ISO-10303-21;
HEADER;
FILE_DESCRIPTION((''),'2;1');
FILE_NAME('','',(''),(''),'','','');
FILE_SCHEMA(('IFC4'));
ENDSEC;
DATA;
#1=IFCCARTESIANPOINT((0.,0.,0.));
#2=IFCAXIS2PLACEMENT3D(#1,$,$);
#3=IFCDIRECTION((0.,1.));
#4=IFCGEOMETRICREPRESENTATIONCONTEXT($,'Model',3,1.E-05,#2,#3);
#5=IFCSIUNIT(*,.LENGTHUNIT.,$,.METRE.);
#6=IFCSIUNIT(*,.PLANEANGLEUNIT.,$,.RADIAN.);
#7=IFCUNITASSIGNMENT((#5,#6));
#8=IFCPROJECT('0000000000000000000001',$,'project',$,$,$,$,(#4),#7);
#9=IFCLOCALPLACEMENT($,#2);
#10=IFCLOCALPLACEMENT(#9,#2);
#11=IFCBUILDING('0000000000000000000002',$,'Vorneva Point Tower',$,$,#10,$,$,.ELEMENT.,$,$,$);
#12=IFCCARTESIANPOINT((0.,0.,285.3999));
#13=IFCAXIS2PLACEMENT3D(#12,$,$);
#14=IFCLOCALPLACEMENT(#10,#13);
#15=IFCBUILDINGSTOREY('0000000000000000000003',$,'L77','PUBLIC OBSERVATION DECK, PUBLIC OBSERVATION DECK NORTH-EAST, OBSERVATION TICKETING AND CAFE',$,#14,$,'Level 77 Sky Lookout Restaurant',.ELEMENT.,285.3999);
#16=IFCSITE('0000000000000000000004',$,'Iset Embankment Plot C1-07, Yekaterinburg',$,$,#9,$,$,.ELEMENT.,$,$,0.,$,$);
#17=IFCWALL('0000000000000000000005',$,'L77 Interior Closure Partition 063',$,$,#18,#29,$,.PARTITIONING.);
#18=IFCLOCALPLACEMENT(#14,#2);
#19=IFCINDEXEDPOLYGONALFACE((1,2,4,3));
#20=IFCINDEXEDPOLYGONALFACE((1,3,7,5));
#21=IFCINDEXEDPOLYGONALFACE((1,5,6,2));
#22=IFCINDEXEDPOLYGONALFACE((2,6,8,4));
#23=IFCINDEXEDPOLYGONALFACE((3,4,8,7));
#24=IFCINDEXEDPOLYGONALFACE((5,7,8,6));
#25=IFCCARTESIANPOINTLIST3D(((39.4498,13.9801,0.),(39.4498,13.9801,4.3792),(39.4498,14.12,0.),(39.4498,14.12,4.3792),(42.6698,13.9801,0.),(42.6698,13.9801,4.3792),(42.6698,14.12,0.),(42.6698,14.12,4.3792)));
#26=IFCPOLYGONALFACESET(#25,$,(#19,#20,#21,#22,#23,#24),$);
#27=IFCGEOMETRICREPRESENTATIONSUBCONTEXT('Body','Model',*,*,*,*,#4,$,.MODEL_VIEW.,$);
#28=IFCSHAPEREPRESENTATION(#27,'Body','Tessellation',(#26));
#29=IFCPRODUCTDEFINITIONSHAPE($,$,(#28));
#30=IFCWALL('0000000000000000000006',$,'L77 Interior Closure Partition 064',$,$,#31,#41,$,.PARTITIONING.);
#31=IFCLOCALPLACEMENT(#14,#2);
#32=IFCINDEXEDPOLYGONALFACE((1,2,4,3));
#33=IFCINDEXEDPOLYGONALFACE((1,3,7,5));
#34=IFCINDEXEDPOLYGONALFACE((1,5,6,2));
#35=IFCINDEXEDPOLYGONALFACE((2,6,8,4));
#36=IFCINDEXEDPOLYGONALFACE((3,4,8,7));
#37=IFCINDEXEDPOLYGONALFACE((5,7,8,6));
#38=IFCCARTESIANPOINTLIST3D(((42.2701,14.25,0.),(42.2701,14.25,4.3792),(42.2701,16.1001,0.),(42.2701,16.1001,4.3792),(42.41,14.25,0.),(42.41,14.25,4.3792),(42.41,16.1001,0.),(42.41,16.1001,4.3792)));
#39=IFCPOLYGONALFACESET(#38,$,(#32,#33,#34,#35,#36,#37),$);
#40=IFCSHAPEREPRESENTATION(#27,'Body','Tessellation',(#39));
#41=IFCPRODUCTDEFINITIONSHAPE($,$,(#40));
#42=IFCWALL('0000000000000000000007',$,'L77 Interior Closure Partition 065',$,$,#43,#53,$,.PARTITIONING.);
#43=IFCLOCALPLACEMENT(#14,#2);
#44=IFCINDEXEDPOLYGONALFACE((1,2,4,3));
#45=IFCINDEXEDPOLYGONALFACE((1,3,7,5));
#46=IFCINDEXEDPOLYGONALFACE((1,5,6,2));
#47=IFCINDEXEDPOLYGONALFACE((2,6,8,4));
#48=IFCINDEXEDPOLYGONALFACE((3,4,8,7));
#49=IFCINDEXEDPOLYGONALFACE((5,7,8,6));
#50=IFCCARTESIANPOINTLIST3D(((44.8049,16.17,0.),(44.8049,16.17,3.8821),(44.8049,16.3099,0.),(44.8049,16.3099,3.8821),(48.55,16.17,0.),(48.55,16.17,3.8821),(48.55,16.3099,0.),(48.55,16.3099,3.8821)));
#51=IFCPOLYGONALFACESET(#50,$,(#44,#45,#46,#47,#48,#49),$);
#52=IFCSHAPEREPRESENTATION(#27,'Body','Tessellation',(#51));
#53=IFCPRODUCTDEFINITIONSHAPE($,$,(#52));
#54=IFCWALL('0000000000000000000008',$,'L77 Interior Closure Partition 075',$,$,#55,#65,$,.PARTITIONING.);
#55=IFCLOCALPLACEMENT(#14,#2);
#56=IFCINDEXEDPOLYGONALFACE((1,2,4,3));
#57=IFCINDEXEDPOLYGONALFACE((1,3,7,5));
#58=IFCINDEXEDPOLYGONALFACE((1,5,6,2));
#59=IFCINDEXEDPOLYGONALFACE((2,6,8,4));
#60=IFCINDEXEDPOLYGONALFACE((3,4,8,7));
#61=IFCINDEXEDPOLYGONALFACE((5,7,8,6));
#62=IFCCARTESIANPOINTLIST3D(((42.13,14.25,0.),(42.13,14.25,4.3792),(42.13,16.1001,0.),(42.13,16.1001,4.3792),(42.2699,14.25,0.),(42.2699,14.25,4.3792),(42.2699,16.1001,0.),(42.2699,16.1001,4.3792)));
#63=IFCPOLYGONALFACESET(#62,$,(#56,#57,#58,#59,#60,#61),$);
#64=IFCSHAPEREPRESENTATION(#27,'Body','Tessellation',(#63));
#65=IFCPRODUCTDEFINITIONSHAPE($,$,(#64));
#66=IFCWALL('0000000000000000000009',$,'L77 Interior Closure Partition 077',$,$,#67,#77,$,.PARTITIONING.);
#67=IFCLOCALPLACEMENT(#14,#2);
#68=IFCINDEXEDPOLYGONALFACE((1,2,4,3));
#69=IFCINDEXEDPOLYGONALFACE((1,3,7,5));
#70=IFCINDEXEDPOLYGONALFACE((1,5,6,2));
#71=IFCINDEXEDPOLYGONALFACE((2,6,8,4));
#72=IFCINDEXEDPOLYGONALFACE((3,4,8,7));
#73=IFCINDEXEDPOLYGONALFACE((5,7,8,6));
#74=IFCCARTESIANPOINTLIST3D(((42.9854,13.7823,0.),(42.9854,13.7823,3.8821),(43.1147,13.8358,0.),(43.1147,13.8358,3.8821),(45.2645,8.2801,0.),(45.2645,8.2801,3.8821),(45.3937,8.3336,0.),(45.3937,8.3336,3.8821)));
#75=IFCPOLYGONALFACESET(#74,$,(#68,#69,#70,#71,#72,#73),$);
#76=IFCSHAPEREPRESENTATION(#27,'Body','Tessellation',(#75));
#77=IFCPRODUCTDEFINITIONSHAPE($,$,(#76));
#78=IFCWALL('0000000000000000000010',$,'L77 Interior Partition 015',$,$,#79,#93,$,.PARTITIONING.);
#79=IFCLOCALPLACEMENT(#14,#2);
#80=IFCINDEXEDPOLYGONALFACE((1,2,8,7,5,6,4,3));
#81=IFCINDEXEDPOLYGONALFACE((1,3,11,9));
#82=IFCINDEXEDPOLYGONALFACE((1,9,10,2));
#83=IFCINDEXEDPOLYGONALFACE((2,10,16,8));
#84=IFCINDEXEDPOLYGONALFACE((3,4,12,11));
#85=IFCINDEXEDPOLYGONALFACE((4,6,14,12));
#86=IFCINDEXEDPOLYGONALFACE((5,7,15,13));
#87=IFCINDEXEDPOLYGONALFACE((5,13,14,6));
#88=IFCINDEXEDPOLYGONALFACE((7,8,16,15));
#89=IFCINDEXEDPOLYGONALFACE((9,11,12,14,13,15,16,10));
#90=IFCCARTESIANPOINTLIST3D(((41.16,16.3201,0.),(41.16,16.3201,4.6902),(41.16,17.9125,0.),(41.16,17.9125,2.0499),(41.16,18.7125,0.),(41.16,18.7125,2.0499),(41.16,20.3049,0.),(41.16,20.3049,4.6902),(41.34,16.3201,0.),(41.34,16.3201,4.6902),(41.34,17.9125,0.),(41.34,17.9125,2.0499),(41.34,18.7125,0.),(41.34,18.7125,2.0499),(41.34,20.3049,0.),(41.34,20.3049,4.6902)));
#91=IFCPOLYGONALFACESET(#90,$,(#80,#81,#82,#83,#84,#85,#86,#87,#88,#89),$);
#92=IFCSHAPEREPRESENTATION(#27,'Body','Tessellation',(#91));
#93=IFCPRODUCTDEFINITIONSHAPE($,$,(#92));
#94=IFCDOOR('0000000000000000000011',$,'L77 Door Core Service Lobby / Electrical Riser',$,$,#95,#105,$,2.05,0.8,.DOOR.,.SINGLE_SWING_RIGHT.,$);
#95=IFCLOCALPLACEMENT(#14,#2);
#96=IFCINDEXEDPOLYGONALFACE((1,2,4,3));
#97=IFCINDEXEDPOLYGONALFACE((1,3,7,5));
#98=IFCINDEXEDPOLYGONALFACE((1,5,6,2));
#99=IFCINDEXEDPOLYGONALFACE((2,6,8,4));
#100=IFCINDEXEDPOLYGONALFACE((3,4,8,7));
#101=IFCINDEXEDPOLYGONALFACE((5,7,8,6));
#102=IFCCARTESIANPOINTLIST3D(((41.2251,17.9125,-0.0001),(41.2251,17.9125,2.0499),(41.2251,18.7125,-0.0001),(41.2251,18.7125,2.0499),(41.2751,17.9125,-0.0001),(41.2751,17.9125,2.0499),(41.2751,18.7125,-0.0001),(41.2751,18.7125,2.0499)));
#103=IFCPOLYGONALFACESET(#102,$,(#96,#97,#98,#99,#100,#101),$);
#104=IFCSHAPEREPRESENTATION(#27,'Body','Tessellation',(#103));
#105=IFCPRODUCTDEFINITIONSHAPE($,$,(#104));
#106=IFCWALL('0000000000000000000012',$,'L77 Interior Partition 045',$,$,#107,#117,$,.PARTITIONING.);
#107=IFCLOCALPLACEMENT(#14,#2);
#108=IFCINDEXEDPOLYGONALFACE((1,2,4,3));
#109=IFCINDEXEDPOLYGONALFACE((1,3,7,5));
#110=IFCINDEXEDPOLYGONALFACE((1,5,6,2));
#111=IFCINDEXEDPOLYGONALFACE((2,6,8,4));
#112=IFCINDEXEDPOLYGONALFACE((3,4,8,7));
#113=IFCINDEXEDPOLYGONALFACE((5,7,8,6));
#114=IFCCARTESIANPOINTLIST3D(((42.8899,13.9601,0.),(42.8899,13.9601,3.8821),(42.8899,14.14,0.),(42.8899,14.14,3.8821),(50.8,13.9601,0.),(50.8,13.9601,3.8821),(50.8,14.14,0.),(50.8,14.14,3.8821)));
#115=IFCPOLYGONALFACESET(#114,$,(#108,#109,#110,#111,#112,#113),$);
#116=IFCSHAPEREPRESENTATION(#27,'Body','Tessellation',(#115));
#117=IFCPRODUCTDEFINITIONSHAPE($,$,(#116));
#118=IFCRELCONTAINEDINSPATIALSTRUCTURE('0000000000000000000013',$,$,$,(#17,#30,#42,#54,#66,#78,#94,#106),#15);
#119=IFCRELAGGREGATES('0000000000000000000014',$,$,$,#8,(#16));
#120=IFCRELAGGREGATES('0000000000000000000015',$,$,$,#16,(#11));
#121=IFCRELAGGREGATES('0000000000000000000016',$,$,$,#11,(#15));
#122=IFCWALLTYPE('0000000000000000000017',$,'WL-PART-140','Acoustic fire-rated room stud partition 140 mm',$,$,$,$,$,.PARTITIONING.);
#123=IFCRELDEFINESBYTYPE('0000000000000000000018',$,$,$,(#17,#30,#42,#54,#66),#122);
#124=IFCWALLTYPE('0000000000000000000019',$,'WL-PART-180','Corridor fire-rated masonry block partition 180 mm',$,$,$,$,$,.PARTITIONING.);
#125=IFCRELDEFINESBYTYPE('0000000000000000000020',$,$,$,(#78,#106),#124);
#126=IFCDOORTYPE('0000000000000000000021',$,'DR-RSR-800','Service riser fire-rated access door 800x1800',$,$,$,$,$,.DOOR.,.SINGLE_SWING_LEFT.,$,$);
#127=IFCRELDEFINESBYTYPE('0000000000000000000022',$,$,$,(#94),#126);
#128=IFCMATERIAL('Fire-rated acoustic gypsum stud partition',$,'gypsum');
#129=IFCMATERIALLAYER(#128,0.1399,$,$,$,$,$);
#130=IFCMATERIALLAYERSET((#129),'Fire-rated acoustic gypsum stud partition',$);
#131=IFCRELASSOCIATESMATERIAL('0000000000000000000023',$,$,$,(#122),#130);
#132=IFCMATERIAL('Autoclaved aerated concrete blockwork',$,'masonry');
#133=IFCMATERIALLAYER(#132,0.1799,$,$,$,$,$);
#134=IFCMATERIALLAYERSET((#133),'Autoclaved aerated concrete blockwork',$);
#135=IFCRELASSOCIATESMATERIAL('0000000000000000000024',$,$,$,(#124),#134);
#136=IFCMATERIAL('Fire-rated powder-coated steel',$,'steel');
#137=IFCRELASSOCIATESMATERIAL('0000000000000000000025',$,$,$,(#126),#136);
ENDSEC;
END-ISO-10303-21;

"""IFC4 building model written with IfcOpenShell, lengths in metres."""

from ifc_helpers import new_model, si_unit, direction, frame, frame_2d, origin, place, context, subcontext, project, spatial, rectangle, extrude, material, layer, layer_set, type_object, element, fill, save


model = new_model("IFC4")

# Units and contexts
model_context = context("Model", 3, precision=1e-05, world=origin(), true_north=direction((0.0, 1.0)))
body_context = subcontext(model_context, "Body", "Model", "MODEL_VIEW")
ifc_project = project(units=[si_unit("LENGTHUNIT", "METRE"), si_unit("PLANEANGLEUNIT", "RADIAN")], contexts=[model_context])

# Site, building, storey
site_placement = place(None, origin())
site = spatial("IfcSite", under=ifc_project, at=site_placement, Name="Iset Embankment Plot C1-07, Yekaterinburg", CompositionType="ELEMENT", RefElevation=0.0)
building_placement = place(site_placement, origin())
building = spatial("IfcBuilding", under=site, at=building_placement, Name="Vorneva Point Tower", CompositionType="ELEMENT")
storey_placement = place(building_placement, frame((0.0, 0.0, 285.3999)))
storey = spatial("IfcBuildingStorey", under=building, at=storey_placement, Name="L77", Description="PUBLIC OBSERVATION DECK, PUBLIC OBSERVATION DECK NORTH-EAST, OBSERVATION TICKETING AND CAFE", LongName="Level 77 Sky Lookout Restaurant", CompositionType="ELEMENT", Elevation=285.3999)

# Walls
ifc_material_1 = material(Name="Fire-rated acoustic gypsum stud partition", Category="gypsum")
ifc_layer_1 = layer(ifc_material_1, 0.1399)
ifc_layer_set_1 = layer_set([ifc_layer_1], Name="Fire-rated acoustic gypsum stud partition")
wall_type_1 = type_object("IfcWallType", Name="WL-PART-140", Description="Acoustic fire-rated room stud partition 140 mm", PredefinedType="PARTITIONING", material=ifc_layer_set_1)
wall_1_placement = place(storey_placement, frame((39.45, 14.05, 0.0), z_axis=(0.0, 0.0, 1.0), x_axis=(1.0, 0.0, 0.0)))
element("IfcWall", 1, at=wall_1_placement, inside=storey, type_object=wall_type_1, Name="L77 Interior Closure Partition 063", PredefinedType="PARTITIONING", context=body_context, shape_type="SweptSolid", body=[
    extrude(rectangle(XDim=3.22, YDim=0.1399, at=frame_2d((1.6099, 0.0))), origin(), (0.0, 0.0, 1.0), 4.3792),
])
wall_2_placement = place(storey_placement, frame((42.3401, 14.25, 0.0), z_axis=(0.0, 0.0, 1.0), x_axis=(0.0, 1.0, 0.0)))
element("IfcWall", 2, at=wall_2_placement, inside=storey, type_object=wall_type_1, Name="L77 Interior Closure Partition 064", PredefinedType="PARTITIONING", context=body_context, shape_type="SweptSolid", body=[
    extrude(rectangle(XDim=1.8501, YDim=0.1399, at=frame_2d((0.925, 0.0))), origin(), (0.0, 0.0, 1.0), 4.3792),
])
wall_3_placement = place(storey_placement, frame((44.8049, 16.24, 0.0), z_axis=(0.0, 0.0, 1.0), x_axis=(1.0, 0.0, 0.0)))
element("IfcWall", 3, at=wall_3_placement, inside=storey, type_object=wall_type_1, Name="L77 Interior Closure Partition 065", PredefinedType="PARTITIONING", context=body_context, shape_type="SweptSolid", body=[
    extrude(rectangle(XDim=3.7451, YDim=0.1399, at=frame_2d((1.8726, 0.0))), origin(), (0.0, 0.0, 1.0), 3.8821),
])
wall_4_placement = place(storey_placement, frame((42.2, 16.1001, 0.0), z_axis=(0.0, 0.0, 1.0), x_axis=(0.0, -1.0, 0.0)))
element("IfcWall", 4, at=wall_4_placement, inside=storey, type_object=wall_type_1, Name="L77 Interior Closure Partition 075", PredefinedType="PARTITIONING", context=body_context, shape_type="SweptSolid", body=[
    extrude(rectangle(XDim=1.8501, YDim=0.1399, at=frame_2d((0.925, 0.0))), origin(), (0.0, 0.0, 1.0), 4.3792),
])
wall_5_placement = place(storey_placement, frame((43.05, 13.8091, 0.0), z_axis=(0.0, 0.0, 1.0), x_axis=(0.382679, -0.923881, 0.0)))
element("IfcWall", 5, at=wall_5_placement, inside=storey, type_object=wall_type_1, Name="L77 Interior Closure Partition 077", PredefinedType="PARTITIONING", context=body_context, shape_type="SweptSolid", body=[
    extrude(rectangle(XDim=5.9556, YDim=0.1399, at=frame_2d((2.9778, 0.0))), origin(), (0.0, 0.0, 1.0), 3.8821),
])

# Wall, opening, door
ifc_material_2 = material(Name="Autoclaved aerated concrete blockwork", Category="masonry")
ifc_layer_2 = layer(ifc_material_2, 0.1799)
ifc_layer_set_2 = layer_set([ifc_layer_2], Name="Autoclaved aerated concrete blockwork")
wall_type_2 = type_object("IfcWallType", Name="WL-PART-180", Description="Corridor fire-rated masonry block partition 180 mm", PredefinedType="PARTITIONING", material=ifc_layer_set_2)
wall_6_placement = place(storey_placement, frame((41.25, 16.3201, 0.0), z_axis=(0.0, 0.0, 1.0), x_axis=(0.0, 1.0, 0.0)))
wall_6 = element("IfcWall", 6, at=wall_6_placement, inside=storey, type_object=wall_type_2, Name="L77 Interior Partition 015", PredefinedType="PARTITIONING", context=body_context, shape_type="SweptSolid", body=[
    extrude(rectangle(XDim=3.9849, YDim=0.1799, at=frame_2d((1.9924, 0.0))), origin(), (0.0, 0.0, 1.0), 4.6902),
])
opening_1_placement = place(wall_6_placement, frame((1.5925, 0.0, 0.0)))
opening_1 = element("IfcOpeningElement", 7, at=opening_1_placement, cuts=wall_6, PredefinedType="OPENING", context=body_context, shape_type="SweptSolid", body=[
    extrude(rectangle(XDim=0.8, YDim=2.05, at=frame_2d((0.3999, 1.0249))), frame((0.0, 0.105, 0.0), z_axis=(0.0, -1.0, 0.0), x_axis=(1.0, 0.0, 0.0)), (0.0, 0.0, 1.0), 0.2097),
])
ifc_material_3 = material(Name="Fire-rated powder-coated steel", Category="steel")
door_type_1 = type_object("IfcDoorType", Name="DR-RSR-800", Description="Service riser fire-rated access door 800x1800", OperationType="SINGLE_SWING_LEFT", PredefinedType="DOOR", material=ifc_material_3)
door_1_placement = place(opening_1_placement, origin())
door_1 = element("IfcDoor", 8, at=door_1_placement, inside=storey, type_object=door_type_1, Name="L77 Door Core Service Lobby / Electrical Riser", OperationType="SINGLE_SWING_RIGHT", OverallHeight=2.05, OverallWidth=0.8, PredefinedType="DOOR", context=body_context, shape_type="SweptSolid", body=[
    extrude(rectangle(XDim=0.8, YDim=2.05, at=frame_2d((0.3999, 1.0249))), frame((0.0, 0.0249, 0.0), z_axis=(0.0, -1.0, 0.0), x_axis=(1.0, 0.0, 0.0)), (0.0, 0.0, 1.0), 0.05),
])
fill(opening_1, door_1)

# Wall
wall_7_placement = place(storey_placement, frame((42.8899, 14.05, 0.0), z_axis=(0.0, 0.0, 1.0), x_axis=(1.0, 0.0, 0.0)))
element("IfcWall", 9, at=wall_7_placement, inside=storey, type_object=wall_type_2, Name="L77 Interior Partition 045", PredefinedType="PARTITIONING", context=body_context, shape_type="SweptSolid", body=[
    extrude(rectangle(XDim=7.9102, YDim=0.1799, at=frame_2d((3.9551, 0.0))), origin(), (0.0, 0.0, 1.0), 3.8821),
])

save(model, "model.ifc")
